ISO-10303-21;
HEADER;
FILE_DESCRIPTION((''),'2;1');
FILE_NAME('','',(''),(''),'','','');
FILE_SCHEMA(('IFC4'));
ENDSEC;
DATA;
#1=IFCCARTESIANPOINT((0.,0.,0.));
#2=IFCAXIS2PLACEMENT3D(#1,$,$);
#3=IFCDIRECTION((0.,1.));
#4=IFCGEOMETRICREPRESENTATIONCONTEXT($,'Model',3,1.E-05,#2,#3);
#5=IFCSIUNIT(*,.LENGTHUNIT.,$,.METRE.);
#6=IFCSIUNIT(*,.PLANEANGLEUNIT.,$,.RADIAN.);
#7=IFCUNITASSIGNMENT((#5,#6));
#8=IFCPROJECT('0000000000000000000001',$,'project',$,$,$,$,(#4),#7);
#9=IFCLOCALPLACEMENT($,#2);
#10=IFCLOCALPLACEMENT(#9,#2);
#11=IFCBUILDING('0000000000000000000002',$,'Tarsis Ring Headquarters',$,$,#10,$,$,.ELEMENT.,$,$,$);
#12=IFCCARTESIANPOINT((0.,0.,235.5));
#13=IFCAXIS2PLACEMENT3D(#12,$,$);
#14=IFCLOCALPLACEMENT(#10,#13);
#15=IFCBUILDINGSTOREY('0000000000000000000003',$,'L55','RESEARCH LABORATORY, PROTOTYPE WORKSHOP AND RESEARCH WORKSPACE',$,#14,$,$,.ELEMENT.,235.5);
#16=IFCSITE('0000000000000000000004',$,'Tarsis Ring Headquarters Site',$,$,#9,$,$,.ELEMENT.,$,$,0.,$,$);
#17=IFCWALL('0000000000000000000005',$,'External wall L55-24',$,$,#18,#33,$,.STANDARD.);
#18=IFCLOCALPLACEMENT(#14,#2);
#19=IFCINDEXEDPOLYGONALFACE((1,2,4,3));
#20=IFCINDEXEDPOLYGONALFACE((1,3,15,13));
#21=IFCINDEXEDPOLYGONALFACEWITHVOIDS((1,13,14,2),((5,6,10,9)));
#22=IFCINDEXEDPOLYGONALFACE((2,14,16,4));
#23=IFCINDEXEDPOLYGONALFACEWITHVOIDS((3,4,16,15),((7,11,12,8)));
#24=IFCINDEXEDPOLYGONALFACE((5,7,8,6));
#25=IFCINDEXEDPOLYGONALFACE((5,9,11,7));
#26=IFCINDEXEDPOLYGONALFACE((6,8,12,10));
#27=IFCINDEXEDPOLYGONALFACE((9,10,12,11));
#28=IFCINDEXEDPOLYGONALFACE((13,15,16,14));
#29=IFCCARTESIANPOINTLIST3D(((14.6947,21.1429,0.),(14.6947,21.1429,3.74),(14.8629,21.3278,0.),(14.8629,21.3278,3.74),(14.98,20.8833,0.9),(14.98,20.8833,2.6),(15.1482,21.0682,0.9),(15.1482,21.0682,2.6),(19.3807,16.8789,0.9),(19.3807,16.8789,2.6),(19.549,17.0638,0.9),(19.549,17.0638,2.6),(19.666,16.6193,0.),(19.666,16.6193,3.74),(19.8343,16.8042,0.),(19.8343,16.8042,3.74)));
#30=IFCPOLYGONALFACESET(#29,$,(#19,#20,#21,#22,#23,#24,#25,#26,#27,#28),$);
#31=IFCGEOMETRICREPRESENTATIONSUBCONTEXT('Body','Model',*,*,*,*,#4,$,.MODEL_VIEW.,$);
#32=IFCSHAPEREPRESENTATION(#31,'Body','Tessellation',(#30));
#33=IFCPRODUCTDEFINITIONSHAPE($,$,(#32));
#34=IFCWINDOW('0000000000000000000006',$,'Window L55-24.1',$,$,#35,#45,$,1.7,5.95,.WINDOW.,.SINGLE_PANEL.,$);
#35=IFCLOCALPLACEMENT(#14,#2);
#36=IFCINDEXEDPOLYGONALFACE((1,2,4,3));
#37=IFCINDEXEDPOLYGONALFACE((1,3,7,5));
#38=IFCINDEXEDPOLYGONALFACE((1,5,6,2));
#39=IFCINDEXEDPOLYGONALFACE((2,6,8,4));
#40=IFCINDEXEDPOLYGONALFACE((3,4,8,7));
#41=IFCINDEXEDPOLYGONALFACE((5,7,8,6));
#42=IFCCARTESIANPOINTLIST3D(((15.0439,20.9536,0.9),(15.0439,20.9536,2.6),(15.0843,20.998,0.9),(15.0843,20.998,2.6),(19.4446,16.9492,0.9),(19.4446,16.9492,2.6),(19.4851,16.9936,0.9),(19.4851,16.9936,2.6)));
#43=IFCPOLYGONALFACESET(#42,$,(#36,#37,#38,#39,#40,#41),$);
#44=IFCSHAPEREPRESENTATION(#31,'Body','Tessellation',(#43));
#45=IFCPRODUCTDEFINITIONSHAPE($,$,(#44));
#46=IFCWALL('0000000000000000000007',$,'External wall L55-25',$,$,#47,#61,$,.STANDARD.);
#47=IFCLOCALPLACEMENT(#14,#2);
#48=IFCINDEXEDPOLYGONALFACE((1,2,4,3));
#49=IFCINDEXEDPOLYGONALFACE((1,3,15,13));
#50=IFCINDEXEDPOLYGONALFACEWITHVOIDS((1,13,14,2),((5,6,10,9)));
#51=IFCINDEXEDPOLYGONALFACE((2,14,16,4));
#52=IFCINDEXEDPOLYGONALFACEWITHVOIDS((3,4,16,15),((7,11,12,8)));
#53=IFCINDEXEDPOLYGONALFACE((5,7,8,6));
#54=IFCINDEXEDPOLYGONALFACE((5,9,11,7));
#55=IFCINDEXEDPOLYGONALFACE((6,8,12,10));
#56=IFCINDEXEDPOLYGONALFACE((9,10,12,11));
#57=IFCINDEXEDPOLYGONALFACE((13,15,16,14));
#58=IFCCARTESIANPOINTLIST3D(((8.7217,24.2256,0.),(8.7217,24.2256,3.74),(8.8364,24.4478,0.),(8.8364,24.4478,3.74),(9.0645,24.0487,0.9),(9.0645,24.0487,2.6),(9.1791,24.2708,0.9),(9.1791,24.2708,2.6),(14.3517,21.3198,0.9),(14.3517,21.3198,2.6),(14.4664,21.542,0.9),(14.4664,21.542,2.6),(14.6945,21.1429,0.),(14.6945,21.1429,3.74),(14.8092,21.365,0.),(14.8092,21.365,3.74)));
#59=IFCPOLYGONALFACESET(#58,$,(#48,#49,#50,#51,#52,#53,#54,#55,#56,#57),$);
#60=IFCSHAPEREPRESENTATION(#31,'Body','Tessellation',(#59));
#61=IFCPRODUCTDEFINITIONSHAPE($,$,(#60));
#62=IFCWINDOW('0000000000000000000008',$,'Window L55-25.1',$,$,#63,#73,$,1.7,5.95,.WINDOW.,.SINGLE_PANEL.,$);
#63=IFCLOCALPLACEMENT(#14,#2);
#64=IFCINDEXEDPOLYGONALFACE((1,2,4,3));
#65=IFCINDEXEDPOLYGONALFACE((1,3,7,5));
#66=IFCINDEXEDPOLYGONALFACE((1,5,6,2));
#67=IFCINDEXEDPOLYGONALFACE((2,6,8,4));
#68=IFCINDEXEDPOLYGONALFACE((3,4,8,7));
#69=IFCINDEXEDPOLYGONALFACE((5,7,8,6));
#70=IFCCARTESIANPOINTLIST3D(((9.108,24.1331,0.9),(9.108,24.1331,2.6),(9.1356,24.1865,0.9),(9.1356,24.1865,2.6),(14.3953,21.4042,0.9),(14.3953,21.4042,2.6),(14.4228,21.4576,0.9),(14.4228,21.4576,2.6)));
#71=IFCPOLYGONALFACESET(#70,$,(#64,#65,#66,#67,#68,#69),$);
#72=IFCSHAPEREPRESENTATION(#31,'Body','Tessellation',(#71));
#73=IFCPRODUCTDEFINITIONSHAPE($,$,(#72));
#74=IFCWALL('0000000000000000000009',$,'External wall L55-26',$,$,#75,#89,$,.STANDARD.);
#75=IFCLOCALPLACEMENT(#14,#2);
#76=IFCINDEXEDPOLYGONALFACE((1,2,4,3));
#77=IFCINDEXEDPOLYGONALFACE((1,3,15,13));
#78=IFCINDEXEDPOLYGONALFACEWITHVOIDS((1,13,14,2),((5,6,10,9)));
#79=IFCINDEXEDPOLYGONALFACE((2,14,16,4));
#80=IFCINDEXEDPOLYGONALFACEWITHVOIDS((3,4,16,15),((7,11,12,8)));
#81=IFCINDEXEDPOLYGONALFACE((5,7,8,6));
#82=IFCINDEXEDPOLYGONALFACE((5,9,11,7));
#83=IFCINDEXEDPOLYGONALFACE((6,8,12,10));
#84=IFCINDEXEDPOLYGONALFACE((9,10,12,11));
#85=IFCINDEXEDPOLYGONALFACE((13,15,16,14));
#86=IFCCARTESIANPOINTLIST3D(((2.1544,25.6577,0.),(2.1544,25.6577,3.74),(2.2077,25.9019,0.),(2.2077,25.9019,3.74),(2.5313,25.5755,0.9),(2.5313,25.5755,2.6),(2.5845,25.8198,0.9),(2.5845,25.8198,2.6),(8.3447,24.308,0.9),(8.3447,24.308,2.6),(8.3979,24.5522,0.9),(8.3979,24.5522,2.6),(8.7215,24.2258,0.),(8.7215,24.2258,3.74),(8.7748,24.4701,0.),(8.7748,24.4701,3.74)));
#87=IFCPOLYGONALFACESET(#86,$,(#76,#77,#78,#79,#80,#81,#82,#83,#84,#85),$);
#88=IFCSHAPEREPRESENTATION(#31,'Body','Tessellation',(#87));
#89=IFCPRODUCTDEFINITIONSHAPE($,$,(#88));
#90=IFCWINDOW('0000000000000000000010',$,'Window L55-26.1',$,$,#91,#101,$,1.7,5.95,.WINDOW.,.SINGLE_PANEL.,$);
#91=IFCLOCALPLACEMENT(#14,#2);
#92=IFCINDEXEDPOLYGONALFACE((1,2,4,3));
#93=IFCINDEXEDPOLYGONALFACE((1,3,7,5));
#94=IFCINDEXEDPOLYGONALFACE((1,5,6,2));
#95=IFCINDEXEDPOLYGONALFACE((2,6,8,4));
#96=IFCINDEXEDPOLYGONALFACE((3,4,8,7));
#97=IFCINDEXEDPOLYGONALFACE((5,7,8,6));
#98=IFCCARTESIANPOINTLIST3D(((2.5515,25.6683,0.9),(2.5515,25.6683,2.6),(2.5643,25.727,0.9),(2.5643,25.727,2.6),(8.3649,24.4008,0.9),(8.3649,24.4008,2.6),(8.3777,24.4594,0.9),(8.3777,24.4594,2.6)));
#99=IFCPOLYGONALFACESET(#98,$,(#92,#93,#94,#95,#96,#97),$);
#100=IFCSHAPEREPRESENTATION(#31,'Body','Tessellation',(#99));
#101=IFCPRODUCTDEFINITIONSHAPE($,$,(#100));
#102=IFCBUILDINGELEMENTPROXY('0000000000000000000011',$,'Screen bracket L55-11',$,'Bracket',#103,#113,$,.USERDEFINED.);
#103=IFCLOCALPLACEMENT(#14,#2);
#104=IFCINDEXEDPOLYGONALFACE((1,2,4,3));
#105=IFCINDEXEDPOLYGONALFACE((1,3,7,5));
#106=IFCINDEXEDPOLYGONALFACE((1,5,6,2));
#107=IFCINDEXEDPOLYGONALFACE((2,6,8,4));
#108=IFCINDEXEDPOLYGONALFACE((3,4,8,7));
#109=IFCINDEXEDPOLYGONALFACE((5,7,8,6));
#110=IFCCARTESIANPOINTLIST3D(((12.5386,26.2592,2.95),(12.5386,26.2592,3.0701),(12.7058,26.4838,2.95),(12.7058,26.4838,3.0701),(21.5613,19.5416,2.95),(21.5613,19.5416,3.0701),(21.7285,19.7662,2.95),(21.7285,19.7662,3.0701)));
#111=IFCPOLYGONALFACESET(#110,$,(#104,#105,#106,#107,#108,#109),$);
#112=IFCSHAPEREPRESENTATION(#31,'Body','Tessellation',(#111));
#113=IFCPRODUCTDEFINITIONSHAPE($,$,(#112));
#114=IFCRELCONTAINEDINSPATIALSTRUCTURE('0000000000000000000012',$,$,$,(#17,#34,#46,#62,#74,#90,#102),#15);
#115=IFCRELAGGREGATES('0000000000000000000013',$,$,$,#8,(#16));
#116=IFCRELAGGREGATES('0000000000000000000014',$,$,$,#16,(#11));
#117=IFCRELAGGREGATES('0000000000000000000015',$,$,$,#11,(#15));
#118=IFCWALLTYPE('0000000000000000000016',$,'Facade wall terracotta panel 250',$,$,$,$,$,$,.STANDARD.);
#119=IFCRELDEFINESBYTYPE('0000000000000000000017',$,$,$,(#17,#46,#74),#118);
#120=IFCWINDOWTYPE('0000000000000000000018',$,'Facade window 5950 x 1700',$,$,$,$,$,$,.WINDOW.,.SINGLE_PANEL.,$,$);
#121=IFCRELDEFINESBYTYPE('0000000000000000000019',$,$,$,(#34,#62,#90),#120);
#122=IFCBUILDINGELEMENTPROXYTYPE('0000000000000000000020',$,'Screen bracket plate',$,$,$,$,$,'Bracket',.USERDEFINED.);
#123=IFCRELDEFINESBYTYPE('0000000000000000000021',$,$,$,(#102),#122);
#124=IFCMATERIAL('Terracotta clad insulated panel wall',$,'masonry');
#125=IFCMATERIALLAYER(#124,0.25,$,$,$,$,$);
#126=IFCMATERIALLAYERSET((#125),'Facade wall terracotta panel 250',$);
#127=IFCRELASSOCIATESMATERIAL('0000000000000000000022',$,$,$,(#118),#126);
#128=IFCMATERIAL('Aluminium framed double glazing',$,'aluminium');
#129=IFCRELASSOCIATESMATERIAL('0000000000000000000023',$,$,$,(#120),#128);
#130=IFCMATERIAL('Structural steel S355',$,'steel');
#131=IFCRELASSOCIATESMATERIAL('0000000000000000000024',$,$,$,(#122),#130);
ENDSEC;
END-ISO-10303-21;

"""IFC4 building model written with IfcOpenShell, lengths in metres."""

from ifc_helpers import new_model, si_unit, direction, frame, frame_2d, origin, origin_2d, place, context, subcontext, project, spatial, rectangle, extrude, material, layer, layer_set, type_object, element, fill, save


model = new_model("IFC4")

# Units and contexts
model_context = context("Model", 3, precision=1e-05, world=origin(), true_north=direction((0.0, 1.0)))
body_context = subcontext(model_context, "Body", "Model", "MODEL_VIEW")
ifc_project = project(units=[si_unit("LENGTHUNIT", "METRE"), si_unit("PLANEANGLEUNIT", "RADIAN")], contexts=[model_context])

# Site, building, storey
site_placement = place(None, origin())
site = spatial("IfcSite", under=ifc_project, at=site_placement, Name="Tarsis Ring Headquarters Site", CompositionType="ELEMENT", RefElevation=0.0)
building_placement = place(site_placement, origin())
building = spatial("IfcBuilding", under=site, at=building_placement, Name="Tarsis Ring Headquarters", CompositionType="ELEMENT")
storey_placement = place(building_placement, frame((0.0, 0.0, 235.5)))
storey = spatial("IfcBuildingStorey", under=building, at=storey_placement, Name="L55", Description="RESEARCH LABORATORY, PROTOTYPE WORKSHOP AND RESEARCH WORKSPACE", CompositionType="ELEMENT", Elevation=235.5)

# Shared definitions
ifc_material_1 = material(Name="Structural steel S355", Category="steel")

# Walls, openings, windows
ifc_material_2 = material(Name="Terracotta clad insulated panel wall", Category="masonry")
ifc_layer = layer(ifc_material_2, 0.25)
ifc_layer_set = layer_set([ifc_layer], Name="Facade wall terracotta panel 250")
wall_type = type_object("IfcWallType", Name="Facade wall terracotta panel 250", PredefinedType="STANDARD", material=ifc_layer_set)
wall_1_placement = place(storey_placement, frame((19.7502, 16.7117, 0.0), z_axis=(0.0, 0.0, 1.0), x_axis=(-0.739629, 0.673014, 0.0)))
wall_1 = element("IfcWall", 1, at=wall_1_placement, inside=storey, type_object=wall_type, Name="External wall L55-24", PredefinedType="STANDARD", context=body_context, shape_type="SweptSolid", body=[
    extrude(rectangle(XDim=6.7214, YDim=0.25, at=frame_2d((3.3608, 0.0))), origin(), (0.0, 0.0, 1.0), 3.74),
])
opening_1_placement = place(wall_1_placement, frame((0.3857, 0.0, 0.8999)))
opening_1 = element("IfcOpeningElement", 2, at=opening_1_placement, cuts=wall_1, PredefinedType="OPENING", context=body_context, shape_type="SweptSolid", body=[
    extrude(rectangle(XDim=5.95, YDim=1.7, at=frame_2d((2.9751, 0.8501))), frame((0.0, 0.135, 0.0), z_axis=(0.0, -1.0, 0.0), x_axis=(1.0, 0.0, 0.0)), (0.0, 0.0, 1.0), 0.27),
])
ifc_material_3 = material(Name="Aluminium framed double glazing", Category="aluminium")
window_type = type_object("IfcWindowType", Name="Facade window 5950 x 1700", PartitioningType="SINGLE_PANEL", PredefinedType="WINDOW", material=ifc_material_3)
window_1_placement = place(opening_1_placement, origin())
window_1 = element("IfcWindow", 3, at=window_1_placement, inside=storey, type_object=window_type, Name="Window L55-24.1", OverallHeight=1.7, OverallWidth=5.95, PartitioningType="SINGLE_PANEL", PredefinedType="WINDOW", context=body_context, shape_type="SweptSolid", body=[
    extrude(rectangle(XDim=5.95, YDim=1.7, at=frame_2d((2.9751, 0.8501))), frame((0.0, 0.03, 0.0), z_axis=(0.0, -1.0, 0.0), x_axis=(1.0, 0.0, 0.0)), (0.0, 0.0, 1.0), 0.0601),
])
fill(opening_1, window_1)
wall_2_placement = place(storey_placement, frame((14.752, 21.2539, 0.0), z_axis=(0.0, 0.0, 1.0), x_axis=(-0.888622, 0.45864, 0.0)))
wall_2 = element("IfcWall", 4, at=wall_2_placement, inside=storey, type_object=wall_type, Name="External wall L55-25", PredefinedType="STANDARD", context=body_context, shape_type="SweptSolid", body=[
    extrude(rectangle(XDim=6.7214, YDim=0.25, at=frame_2d((3.3608, 0.0))), origin(), (0.0, 0.0, 1.0), 3.74),
])
opening_2_placement = place(wall_2_placement, frame((0.3857, 0.0, 0.8999)))
opening_2 = element("IfcOpeningElement", 5, at=opening_2_placement, cuts=wall_2, PredefinedType="OPENING", context=body_context, shape_type="SweptSolid", body=[
    extrude(rectangle(XDim=5.95, YDim=1.7, at=frame_2d((2.9751, 0.8501))), frame((0.0, 0.135, 0.0), z_axis=(0.0, -1.0, 0.0), x_axis=(1.0, 0.0, 0.0)), (0.0, 0.0, 1.0), 0.27),
])
window_2_placement = place(opening_2_placement, origin())
window_2 = element("IfcWindow", 6, at=window_2_placement, inside=storey, type_object=window_type, Name="Window L55-25.1", OverallHeight=1.7, OverallWidth=5.95, PartitioningType="SINGLE_PANEL", PredefinedType="WINDOW", context=body_context, shape_type="SweptSolid", body=[
    extrude(rectangle(XDim=5.95, YDim=1.7, at=frame_2d((2.9751, 0.8501))), frame((0.0, 0.03, 0.0), z_axis=(0.0, -1.0, 0.0), x_axis=(1.0, 0.0, 0.0)), (0.0, 0.0, 1.0), 0.0601),
])
fill(opening_2, window_2)
wall_3_placement = place(storey_placement, frame((8.7483, 24.3479, 0.0), z_axis=(0.0, 0.0, 1.0), x_axis=(-0.977045, 0.213033, 0.0)))
wall_3 = element("IfcWall", 7, at=wall_3_placement, inside=storey, type_object=wall_type, Name="External wall L55-26", PredefinedType="STANDARD", context=body_context, shape_type="SweptSolid", body=[
    extrude(rectangle(XDim=6.7214, YDim=0.25, at=frame_2d((3.3608, 0.0))), origin(), (0.0, 0.0, 1.0), 3.74),
])
opening_3_placement = place(wall_3_placement, frame((0.3857, 0.0, 0.8999)))
opening_3 = element("IfcOpeningElement", 8, at=opening_3_placement, cuts=wall_3, PredefinedType="OPENING", context=body_context, shape_type="SweptSolid", body=[
    extrude(rectangle(XDim=5.95, YDim=1.7, at=frame_2d((2.9751, 0.8501))), frame((0.0, 0.135, 0.0), z_axis=(0.0, -1.0, 0.0), x_axis=(1.0, 0.0, 0.0)), (0.0, 0.0, 1.0), 0.27),
])
window_3_placement = place(opening_3_placement, origin())
window_3 = element("IfcWindow", 9, at=window_3_placement, inside=storey, type_object=window_type, Name="Window L55-26.1", OverallHeight=1.7, OverallWidth=5.95, PartitioningType="SINGLE_PANEL", PredefinedType="WINDOW", context=body_context, shape_type="SweptSolid", body=[
    extrude(rectangle(XDim=5.95, YDim=1.7, at=frame_2d((2.9751, 0.8501))), frame((0.0, 0.03, 0.0), z_axis=(0.0, -1.0, 0.0), x_axis=(1.0, 0.0, 0.0)), (0.0, 0.0, 1.0), 0.0601),
])
fill(opening_3, window_3)

# Building element proxy
building_element_proxy_type = type_object("IfcBuildingElementProxyType", Name="Screen bracket plate", ElementType="Bracket", PredefinedType="USERDEFINED", material=ifc_material_1)
proxy_placement = place(storey_placement, frame((17.1335, 23.0127, 2.95), z_axis=(0.0, 0.0, 1.0), x_axis=(-0.802101, 0.597188, 0.0)))
element("IfcBuildingElementProxy", 10, at=proxy_placement, inside=storey, type_object=building_element_proxy_type, Name="Screen bracket L55-11", ObjectType="Bracket", PredefinedType="USERDEFINED", context=body_context, shape_type="SweptSolid", body=[
    extrude(rectangle(XDim=11.2488, YDim=0.28, at=origin_2d()), origin(), (0.0, 0.0, 1.0), 0.1201),
])

save(model, "model.ifc")
